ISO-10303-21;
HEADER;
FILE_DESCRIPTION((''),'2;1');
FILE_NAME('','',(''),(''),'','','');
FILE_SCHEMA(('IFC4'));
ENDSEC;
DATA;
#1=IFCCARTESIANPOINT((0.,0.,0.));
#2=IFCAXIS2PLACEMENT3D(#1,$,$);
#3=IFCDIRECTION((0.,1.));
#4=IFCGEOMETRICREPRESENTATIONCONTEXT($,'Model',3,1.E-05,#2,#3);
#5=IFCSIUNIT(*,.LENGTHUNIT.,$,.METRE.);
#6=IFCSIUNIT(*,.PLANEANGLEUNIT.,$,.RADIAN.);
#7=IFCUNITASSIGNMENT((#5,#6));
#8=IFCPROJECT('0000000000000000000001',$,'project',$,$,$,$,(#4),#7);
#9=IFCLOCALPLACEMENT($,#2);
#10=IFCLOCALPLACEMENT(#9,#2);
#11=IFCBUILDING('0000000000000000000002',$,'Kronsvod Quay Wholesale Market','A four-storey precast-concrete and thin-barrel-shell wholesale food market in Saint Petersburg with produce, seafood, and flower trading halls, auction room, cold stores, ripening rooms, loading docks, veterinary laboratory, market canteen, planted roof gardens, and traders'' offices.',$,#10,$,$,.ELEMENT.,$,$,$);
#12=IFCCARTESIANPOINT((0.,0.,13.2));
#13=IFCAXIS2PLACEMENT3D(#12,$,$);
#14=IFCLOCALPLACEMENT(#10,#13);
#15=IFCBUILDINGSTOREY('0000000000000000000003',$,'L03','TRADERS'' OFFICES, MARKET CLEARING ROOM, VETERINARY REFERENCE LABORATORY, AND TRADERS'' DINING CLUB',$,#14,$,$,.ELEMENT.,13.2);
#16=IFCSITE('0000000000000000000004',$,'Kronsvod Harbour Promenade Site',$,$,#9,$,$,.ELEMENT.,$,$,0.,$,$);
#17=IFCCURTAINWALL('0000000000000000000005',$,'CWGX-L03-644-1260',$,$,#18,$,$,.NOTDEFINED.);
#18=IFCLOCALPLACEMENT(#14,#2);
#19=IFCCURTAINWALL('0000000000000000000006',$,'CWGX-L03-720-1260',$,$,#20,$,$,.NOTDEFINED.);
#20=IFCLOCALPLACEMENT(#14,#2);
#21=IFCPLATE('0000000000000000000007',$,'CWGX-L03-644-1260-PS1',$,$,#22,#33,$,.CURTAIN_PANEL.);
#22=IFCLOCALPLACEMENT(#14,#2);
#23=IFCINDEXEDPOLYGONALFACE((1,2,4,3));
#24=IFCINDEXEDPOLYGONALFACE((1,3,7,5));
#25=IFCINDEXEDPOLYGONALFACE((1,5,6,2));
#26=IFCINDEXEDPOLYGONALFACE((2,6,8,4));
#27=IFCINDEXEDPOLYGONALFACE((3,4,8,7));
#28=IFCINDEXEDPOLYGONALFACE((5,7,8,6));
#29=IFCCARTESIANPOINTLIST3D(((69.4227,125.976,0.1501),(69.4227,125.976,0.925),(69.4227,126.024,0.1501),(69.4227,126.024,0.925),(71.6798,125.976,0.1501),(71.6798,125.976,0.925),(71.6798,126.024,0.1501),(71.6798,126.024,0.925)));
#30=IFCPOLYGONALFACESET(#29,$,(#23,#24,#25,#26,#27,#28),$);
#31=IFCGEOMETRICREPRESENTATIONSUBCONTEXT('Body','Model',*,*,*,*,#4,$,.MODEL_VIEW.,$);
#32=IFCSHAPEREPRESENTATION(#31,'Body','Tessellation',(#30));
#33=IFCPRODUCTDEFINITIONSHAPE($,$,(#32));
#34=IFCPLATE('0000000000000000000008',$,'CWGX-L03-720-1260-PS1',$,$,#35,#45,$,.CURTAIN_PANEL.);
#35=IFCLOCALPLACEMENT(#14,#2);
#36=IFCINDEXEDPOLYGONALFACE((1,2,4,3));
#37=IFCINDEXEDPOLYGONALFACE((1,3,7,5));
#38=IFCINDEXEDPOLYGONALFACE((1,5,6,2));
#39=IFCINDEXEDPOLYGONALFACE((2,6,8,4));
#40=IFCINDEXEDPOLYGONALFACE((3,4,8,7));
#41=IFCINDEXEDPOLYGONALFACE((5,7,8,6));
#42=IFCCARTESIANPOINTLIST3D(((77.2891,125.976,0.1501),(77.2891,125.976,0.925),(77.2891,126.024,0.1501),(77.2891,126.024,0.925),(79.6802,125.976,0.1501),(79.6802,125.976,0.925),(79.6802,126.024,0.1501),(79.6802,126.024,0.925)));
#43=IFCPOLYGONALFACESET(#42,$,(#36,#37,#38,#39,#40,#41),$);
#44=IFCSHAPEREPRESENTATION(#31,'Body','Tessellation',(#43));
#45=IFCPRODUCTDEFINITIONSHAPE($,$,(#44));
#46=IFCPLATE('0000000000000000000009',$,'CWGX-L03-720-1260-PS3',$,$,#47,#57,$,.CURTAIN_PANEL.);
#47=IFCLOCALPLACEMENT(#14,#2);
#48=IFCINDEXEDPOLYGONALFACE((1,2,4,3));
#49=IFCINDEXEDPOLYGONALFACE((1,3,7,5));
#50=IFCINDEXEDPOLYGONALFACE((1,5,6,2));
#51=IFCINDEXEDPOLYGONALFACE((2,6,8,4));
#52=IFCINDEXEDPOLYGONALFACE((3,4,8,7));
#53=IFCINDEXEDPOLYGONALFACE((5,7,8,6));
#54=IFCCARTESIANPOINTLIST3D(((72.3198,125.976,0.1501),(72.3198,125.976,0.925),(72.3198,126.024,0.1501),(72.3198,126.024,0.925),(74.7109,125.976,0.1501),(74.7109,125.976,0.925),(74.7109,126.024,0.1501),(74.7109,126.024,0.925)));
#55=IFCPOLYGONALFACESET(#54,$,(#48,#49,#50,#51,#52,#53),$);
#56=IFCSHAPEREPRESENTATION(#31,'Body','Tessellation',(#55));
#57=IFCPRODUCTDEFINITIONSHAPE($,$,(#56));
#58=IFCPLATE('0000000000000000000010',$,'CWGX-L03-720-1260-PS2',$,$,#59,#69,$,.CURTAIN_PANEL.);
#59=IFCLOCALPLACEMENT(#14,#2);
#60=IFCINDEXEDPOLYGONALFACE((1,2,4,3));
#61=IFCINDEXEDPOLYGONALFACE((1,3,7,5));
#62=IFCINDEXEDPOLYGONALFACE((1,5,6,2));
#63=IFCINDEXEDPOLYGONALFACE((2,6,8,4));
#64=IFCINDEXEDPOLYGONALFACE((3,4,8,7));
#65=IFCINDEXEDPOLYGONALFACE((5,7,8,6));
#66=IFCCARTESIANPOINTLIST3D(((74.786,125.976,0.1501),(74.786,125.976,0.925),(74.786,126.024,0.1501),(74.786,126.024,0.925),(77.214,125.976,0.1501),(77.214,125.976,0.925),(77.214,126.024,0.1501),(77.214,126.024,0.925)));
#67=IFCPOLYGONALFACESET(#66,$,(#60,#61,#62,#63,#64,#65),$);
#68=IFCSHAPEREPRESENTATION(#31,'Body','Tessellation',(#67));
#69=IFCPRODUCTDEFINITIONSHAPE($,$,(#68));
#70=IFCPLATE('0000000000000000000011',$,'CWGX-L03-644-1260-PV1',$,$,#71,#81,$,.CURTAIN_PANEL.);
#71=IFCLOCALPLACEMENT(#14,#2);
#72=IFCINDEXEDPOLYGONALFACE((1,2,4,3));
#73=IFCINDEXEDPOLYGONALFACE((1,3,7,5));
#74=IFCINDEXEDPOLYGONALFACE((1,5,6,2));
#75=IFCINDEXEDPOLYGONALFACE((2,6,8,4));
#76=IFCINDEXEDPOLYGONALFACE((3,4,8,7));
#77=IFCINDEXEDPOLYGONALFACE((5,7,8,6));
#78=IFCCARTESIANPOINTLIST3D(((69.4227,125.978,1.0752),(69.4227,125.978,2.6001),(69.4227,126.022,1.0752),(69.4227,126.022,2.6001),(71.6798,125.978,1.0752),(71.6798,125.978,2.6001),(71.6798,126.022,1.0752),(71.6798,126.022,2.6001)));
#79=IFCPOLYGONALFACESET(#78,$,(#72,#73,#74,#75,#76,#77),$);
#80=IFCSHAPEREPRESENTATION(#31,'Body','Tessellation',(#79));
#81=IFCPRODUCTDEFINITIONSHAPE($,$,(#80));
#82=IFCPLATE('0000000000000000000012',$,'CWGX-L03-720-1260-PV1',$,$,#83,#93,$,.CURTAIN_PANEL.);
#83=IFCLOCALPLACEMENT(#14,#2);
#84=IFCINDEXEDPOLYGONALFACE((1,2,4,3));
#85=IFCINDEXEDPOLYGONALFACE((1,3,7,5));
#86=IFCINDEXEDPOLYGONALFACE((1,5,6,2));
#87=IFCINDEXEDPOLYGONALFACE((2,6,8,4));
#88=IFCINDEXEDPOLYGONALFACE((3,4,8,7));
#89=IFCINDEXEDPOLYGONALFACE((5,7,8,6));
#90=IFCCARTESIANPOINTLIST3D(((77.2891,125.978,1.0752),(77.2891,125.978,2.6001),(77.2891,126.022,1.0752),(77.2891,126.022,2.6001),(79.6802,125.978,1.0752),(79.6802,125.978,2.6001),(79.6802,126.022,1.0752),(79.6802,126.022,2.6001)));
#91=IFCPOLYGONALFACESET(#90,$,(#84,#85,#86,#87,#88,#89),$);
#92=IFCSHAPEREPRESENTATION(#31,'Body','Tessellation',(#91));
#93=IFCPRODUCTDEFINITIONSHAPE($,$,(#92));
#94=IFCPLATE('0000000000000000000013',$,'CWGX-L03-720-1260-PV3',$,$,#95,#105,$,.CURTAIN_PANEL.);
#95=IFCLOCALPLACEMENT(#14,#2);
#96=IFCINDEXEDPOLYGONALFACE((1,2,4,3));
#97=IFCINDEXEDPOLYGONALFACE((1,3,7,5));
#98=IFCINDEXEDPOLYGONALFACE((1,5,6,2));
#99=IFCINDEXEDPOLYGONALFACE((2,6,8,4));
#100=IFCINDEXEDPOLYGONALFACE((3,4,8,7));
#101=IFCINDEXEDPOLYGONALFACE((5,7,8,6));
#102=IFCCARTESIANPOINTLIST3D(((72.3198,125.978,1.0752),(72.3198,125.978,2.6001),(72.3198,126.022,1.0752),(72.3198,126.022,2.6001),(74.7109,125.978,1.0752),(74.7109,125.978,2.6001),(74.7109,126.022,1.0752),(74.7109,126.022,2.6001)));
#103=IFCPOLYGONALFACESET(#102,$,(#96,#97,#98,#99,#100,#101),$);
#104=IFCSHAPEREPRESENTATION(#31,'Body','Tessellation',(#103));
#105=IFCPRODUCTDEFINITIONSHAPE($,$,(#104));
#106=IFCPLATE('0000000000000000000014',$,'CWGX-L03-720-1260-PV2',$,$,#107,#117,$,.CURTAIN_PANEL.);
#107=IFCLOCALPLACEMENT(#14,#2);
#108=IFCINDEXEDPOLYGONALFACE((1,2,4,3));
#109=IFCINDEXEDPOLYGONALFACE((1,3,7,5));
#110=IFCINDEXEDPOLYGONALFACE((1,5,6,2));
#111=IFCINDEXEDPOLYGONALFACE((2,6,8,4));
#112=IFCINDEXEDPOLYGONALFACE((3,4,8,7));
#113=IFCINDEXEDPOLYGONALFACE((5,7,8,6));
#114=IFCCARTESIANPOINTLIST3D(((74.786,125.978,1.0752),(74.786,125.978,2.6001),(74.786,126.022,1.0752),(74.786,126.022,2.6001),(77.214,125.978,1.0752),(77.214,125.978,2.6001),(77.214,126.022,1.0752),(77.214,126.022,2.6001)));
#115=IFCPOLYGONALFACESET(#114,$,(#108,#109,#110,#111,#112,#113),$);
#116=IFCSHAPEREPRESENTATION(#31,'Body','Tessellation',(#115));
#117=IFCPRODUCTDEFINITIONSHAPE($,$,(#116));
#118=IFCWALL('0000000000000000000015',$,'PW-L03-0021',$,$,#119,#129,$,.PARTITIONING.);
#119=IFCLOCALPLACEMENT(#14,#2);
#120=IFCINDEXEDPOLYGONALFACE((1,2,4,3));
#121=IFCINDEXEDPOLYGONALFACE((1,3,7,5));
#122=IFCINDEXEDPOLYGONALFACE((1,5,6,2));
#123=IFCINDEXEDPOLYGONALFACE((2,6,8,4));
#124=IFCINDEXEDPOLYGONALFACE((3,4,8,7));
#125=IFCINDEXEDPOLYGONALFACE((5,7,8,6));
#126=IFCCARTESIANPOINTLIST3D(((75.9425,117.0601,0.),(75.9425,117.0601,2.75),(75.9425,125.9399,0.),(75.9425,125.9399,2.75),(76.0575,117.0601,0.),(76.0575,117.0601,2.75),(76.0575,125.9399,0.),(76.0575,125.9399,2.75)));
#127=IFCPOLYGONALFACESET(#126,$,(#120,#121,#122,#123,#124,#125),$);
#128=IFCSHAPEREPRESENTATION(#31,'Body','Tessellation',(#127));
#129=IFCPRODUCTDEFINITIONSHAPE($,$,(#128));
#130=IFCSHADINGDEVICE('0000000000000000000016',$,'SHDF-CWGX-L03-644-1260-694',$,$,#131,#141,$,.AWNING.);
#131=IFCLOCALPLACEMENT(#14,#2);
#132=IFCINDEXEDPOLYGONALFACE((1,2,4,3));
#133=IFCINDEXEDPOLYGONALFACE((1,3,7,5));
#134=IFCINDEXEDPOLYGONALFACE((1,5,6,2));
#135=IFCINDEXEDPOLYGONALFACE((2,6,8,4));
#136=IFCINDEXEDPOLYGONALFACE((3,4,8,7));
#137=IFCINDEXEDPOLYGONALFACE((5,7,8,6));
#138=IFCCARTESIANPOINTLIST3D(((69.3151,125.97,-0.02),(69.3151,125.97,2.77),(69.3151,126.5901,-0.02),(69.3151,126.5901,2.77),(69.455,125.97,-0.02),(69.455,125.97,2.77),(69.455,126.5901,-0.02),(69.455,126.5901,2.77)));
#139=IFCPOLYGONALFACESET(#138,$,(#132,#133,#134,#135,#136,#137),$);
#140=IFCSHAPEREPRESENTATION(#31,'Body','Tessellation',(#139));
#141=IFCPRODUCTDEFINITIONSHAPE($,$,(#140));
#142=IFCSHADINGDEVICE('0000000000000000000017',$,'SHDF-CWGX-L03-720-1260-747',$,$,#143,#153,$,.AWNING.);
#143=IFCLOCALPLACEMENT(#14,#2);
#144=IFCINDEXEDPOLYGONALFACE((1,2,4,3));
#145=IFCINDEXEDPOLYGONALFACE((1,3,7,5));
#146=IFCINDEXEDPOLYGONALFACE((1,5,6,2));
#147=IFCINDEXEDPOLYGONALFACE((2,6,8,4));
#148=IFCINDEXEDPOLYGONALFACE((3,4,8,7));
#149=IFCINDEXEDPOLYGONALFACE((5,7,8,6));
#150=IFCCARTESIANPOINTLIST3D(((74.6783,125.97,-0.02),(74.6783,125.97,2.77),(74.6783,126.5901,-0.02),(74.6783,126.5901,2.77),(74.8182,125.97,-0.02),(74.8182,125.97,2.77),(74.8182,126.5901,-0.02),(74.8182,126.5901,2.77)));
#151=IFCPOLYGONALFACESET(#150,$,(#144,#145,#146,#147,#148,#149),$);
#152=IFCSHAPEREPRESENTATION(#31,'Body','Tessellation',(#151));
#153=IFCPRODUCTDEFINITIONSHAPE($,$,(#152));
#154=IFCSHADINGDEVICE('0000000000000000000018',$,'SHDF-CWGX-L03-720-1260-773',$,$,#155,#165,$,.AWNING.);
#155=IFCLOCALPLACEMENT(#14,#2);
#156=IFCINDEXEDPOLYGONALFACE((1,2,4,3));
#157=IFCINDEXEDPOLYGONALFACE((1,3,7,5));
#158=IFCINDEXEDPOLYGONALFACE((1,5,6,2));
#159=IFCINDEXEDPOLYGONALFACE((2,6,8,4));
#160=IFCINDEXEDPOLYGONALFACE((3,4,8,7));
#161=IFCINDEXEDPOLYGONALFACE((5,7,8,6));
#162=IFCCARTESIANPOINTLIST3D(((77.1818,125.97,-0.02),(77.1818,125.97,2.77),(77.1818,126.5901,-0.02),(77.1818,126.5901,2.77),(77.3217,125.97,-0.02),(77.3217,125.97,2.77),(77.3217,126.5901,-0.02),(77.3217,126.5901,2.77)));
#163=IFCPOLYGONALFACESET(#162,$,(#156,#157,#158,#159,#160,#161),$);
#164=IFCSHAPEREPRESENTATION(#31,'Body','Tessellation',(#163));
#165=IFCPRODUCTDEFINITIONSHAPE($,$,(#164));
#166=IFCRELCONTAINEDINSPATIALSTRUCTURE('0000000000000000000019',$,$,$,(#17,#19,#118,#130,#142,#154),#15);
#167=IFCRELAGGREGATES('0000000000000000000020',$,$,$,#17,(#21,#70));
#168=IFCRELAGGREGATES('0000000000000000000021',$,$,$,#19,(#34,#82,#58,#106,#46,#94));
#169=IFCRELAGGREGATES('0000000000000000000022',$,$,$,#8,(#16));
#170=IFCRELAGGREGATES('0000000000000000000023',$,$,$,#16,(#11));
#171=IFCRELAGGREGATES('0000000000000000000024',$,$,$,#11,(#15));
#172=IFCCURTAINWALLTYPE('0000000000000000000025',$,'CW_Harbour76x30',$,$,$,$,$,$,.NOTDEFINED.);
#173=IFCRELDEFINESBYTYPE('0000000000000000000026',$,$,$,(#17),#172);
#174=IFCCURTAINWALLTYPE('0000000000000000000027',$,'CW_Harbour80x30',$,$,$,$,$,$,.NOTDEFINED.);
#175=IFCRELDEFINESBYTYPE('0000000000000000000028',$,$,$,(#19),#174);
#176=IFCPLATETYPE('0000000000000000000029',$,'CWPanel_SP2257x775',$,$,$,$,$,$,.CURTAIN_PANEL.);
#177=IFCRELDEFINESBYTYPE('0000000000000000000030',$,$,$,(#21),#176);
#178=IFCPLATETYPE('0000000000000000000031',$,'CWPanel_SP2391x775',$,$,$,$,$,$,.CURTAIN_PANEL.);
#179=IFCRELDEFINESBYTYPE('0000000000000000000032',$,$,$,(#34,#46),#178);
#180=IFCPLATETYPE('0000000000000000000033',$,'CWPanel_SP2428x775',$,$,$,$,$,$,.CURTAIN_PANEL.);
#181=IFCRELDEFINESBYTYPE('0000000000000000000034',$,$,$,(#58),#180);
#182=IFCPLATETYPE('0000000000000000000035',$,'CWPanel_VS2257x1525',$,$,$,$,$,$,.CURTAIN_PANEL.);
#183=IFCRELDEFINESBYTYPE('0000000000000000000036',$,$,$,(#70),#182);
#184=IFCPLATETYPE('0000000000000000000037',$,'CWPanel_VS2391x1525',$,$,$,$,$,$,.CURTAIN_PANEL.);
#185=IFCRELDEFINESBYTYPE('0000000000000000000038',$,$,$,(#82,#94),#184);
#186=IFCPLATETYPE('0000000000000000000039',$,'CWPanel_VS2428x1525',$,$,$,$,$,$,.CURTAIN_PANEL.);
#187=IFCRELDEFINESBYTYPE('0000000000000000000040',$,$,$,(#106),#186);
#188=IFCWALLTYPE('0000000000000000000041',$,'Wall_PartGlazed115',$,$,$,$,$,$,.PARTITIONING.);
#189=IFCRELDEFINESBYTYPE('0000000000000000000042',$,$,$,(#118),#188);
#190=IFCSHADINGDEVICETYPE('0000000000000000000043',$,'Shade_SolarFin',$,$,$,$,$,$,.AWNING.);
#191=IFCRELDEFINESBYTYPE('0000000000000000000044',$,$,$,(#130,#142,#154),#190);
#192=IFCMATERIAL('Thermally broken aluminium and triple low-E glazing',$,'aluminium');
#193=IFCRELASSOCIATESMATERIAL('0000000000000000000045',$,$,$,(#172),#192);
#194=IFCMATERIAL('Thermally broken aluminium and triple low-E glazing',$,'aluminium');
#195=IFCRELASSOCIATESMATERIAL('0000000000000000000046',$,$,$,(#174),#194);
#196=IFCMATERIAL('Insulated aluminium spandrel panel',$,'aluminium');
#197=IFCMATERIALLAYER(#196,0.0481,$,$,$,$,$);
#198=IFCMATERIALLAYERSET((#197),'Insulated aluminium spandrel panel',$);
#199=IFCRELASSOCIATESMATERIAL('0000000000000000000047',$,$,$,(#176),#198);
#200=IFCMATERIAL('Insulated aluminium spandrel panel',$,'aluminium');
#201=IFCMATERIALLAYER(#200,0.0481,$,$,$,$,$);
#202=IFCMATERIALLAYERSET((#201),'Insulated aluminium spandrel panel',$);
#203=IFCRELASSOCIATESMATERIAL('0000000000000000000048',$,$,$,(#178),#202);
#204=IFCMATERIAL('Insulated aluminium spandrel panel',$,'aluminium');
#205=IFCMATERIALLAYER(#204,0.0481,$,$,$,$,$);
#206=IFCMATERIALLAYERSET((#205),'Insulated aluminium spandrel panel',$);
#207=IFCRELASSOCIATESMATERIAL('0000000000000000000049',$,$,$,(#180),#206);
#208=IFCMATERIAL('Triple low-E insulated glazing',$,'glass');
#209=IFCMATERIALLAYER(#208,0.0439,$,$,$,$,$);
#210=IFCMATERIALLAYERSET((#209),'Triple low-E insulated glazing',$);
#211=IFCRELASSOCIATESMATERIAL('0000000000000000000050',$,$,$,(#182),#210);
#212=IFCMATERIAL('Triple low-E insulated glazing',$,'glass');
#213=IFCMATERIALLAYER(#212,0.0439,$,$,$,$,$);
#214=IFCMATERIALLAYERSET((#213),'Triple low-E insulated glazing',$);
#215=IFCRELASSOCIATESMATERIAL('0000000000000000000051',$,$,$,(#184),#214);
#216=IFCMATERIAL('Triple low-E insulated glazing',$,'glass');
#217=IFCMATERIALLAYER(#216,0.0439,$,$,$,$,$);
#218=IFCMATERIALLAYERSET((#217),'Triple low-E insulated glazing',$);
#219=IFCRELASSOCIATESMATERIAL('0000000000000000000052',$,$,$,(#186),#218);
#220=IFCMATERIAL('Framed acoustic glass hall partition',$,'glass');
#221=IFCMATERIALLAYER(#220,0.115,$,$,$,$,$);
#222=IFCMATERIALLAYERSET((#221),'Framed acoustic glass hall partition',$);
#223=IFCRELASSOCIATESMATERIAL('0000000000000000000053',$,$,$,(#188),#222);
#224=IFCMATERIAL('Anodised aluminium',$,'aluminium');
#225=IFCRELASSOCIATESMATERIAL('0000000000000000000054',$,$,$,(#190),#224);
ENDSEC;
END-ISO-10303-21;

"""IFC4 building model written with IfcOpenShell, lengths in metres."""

from ifc_helpers import new_model, si_unit, direction, frame, frame_2d, origin, origin_2d, place, context, subcontext, project, spatial, rectangle, extrude, material, layer, layer_set, type_object, element, aggregate, save


model = new_model("IFC4")

# Units and contexts
model_context = context("Model", 3, precision=1e-05, world=origin(), true_north=direction((0.0, 1.0)))
body_context = subcontext(model_context, "Body", "Model", "MODEL_VIEW")
ifc_project = project(units=[si_unit("LENGTHUNIT", "METRE"), si_unit("PLANEANGLEUNIT", "RADIAN")], contexts=[model_context])

# Site, building, storey
site_placement = place(None, origin())
site = spatial("IfcSite", under=ifc_project, at=site_placement, Name="Kronsvod Harbour Promenade Site", CompositionType="ELEMENT", RefElevation=0.0)
building_placement = place(site_placement, origin())
building = spatial("IfcBuilding", under=site, at=building_placement, Name="Kronsvod Quay Wholesale Market", Description="A four-storey precast-concrete and thin-barrel-shell wholesale food market in Saint Petersburg with produce, seafood, and flower trading halls, auction room, cold stores, ripening rooms, loading docks, veterinary laboratory, market canteen, planted roof gardens, and traders' offices.", CompositionType="ELEMENT")
storey_placement = place(building_placement, frame((0.0, 0.0, 13.2)))
storey = spatial("IfcBuildingStorey", under=building, at=storey_placement, Name="L03", Description="TRADERS' OFFICES, MARKET CLEARING ROOM, VETERINARY REFERENCE LABORATORY, AND TRADERS' DINING CLUB", CompositionType="ELEMENT", Elevation=13.2)

# Curtain walls
ifc_material_1 = material(Name="Thermally broken aluminium and triple low-E glazing", Category="aluminium")
curtain_wall_type_1 = type_object("IfcCurtainWallType", Name="CW_Harbour76x30", PredefinedType="NOTDEFINED", material=ifc_material_1)
curtain_wall_1_placement = place(storey_placement, origin())
curtain_wall_1 = element("IfcCurtainWall", 1, at=curtain_wall_1_placement, inside=storey, type_object=curtain_wall_type_1, Name="CWGX-L03-644-1260", PredefinedType="NOTDEFINED")
ifc_material_2 = material(Name="Thermally broken aluminium and triple low-E glazing", Category="aluminium")
curtain_wall_type_2 = type_object("IfcCurtainWallType", Name="CW_Harbour80x30", PredefinedType="NOTDEFINED", material=ifc_material_2)
curtain_wall_2_placement = place(storey_placement, origin())
curtain_wall_2 = element("IfcCurtainWall", 2, at=curtain_wall_2_placement, inside=storey, type_object=curtain_wall_type_2, Name="CWGX-L03-720-1260", PredefinedType="NOTDEFINED")

# Plates
ifc_material_3 = material(Name="Insulated aluminium spandrel panel", Category="aluminium")
ifc_layer_1 = layer(ifc_material_3, 0.0481)
ifc_layer_set_1 = layer_set([ifc_layer_1], Name="Insulated aluminium spandrel panel")
plate_type_1 = type_object("IfcPlateType", Name="CWPanel_SP2257x775", PredefinedType="CURTAIN_PANEL", material=ifc_layer_set_1)
plate_1_placement = place(storey_placement, frame((70.5513, 126.0, 0.1501), z_axis=(0.0, 0.0, 1.0), x_axis=(-1.0, 0.0, 0.0)))
plate_1 = element("IfcPlate", 3, at=plate_1_placement, type_object=plate_type_1, Name="CWGX-L03-644-1260-PS1", PredefinedType="CURTAIN_PANEL", context=body_context, shape_type="SweptSolid", body=[
    extrude(rectangle(XDim=2.2571, YDim=0.0481, at=origin_2d()), origin(), (0.0, 0.0, 1.0), 0.7749),
])
ifc_material_4 = material(Name="Insulated aluminium spandrel panel", Category="aluminium")
ifc_layer_2 = layer(ifc_material_4, 0.0481)
ifc_layer_set_2 = layer_set([ifc_layer_2], Name="Insulated aluminium spandrel panel")
plate_type_2 = type_object("IfcPlateType", Name="CWPanel_SP2391x775", PredefinedType="CURTAIN_PANEL", material=ifc_layer_set_2)
plate_2_placement = place(storey_placement, frame((78.4846, 126.0, 0.1501), z_axis=(0.0, 0.0, 1.0), x_axis=(-1.0, 0.0, 0.0)))
plate_2 = element("IfcPlate", 4, at=plate_2_placement, type_object=plate_type_2, Name="CWGX-L03-720-1260-PS1", PredefinedType="CURTAIN_PANEL", context=body_context, shape_type="SweptSolid", body=[
    extrude(rectangle(XDim=2.3911, YDim=0.0481, at=origin_2d()), origin(), (0.0, 0.0, 1.0), 0.7749),
])
plate_3_placement = place(storey_placement, frame((73.5154, 126.0, 0.1501), z_axis=(0.0, 0.0, 1.0), x_axis=(-1.0, 0.0, 0.0)))
plate_3 = element("IfcPlate", 5, at=plate_3_placement, type_object=plate_type_2, Name="CWGX-L03-720-1260-PS3", PredefinedType="CURTAIN_PANEL", context=body_context, shape_type="SweptSolid", body=[
    extrude(rectangle(XDim=2.3911, YDim=0.0481, at=origin_2d()), origin(), (0.0, 0.0, 1.0), 0.7749),
])
ifc_material_5 = material(Name="Insulated aluminium spandrel panel", Category="aluminium")
ifc_layer_3 = layer(ifc_material_5, 0.0481)
ifc_layer_set_3 = layer_set([ifc_layer_3], Name="Insulated aluminium spandrel panel")
plate_type_3 = type_object("IfcPlateType", Name="CWPanel_SP2428x775", PredefinedType="CURTAIN_PANEL", material=ifc_layer_set_3)
plate_4_placement = place(storey_placement, frame((76.0, 126.0, 0.1501), z_axis=(0.0, 0.0, 1.0), x_axis=(-1.0, 0.0, 0.0)))
plate_4 = element("IfcPlate", 6, at=plate_4_placement, type_object=plate_type_3, Name="CWGX-L03-720-1260-PS2", PredefinedType="CURTAIN_PANEL", context=body_context, shape_type="SweptSolid", body=[
    extrude(rectangle(XDim=2.428, YDim=0.0481, at=origin_2d()), origin(), (0.0, 0.0, 1.0), 0.7749),
])
ifc_material_6 = material(Name="Triple low-E insulated glazing", Category="glass")
ifc_layer_4 = layer(ifc_material_6, 0.0439)
ifc_layer_set_4 = layer_set([ifc_layer_4], Name="Triple low-E insulated glazing")
plate_type_4 = type_object("IfcPlateType", Name="CWPanel_VS2257x1525", PredefinedType="CURTAIN_PANEL", material=ifc_layer_set_4)
plate_5_placement = place(storey_placement, frame((70.5513, 126.0, 1.0752), z_axis=(0.0, 0.0, 1.0), x_axis=(-1.0, 0.0, 0.0)))
plate_5 = element("IfcPlate", 7, at=plate_5_placement, type_object=plate_type_4, Name="CWGX-L03-644-1260-PV1", PredefinedType="CURTAIN_PANEL", context=body_context, shape_type="SweptSolid", body=[
    extrude(rectangle(XDim=2.2571, YDim=0.0439, at=origin_2d()), origin(), (0.0, 0.0, 1.0), 1.5249),
])
aggregate(curtain_wall_1, [plate_1, plate_5])
ifc_material_7 = material(Name="Triple low-E insulated glazing", Category="glass")
ifc_layer_5 = layer(ifc_material_7, 0.0439)
ifc_layer_set_5 = layer_set([ifc_layer_5], Name="Triple low-E insulated glazing")
plate_type_5 = type_object("IfcPlateType", Name="CWPanel_VS2391x1525", PredefinedType="CURTAIN_PANEL", material=ifc_layer_set_5)
plate_6_placement = place(storey_placement, frame((78.4846, 126.0, 1.0752), z_axis=(0.0, 0.0, 1.0), x_axis=(-1.0, 0.0, 0.0)))
plate_6 = element("IfcPlate", 8, at=plate_6_placement, type_object=plate_type_5, Name="CWGX-L03-720-1260-PV1", PredefinedType="CURTAIN_PANEL", context=body_context, shape_type="SweptSolid", body=[
    extrude(rectangle(XDim=2.3911, YDim=0.0439, at=origin_2d()), origin(), (0.0, 0.0, 1.0), 1.5249),
])
plate_7_placement = place(storey_placement, frame((73.5154, 126.0, 1.0752), z_axis=(0.0, 0.0, 1.0), x_axis=(-1.0, 0.0, 0.0)))
plate_7 = element("IfcPlate", 9, at=plate_7_placement, type_object=plate_type_5, Name="CWGX-L03-720-1260-PV3", PredefinedType="CURTAIN_PANEL", context=body_context, shape_type="SweptSolid", body=[
    extrude(rectangle(XDim=2.3911, YDim=0.0439, at=origin_2d()), origin(), (0.0, 0.0, 1.0), 1.5249),
])
ifc_material_8 = material(Name="Triple low-E insulated glazing", Category="glass")
ifc_layer_6 = layer(ifc_material_8, 0.0439)
ifc_layer_set_6 = layer_set([ifc_layer_6], Name="Triple low-E insulated glazing")
plate_type_6 = type_object("IfcPlateType", Name="CWPanel_VS2428x1525", PredefinedType="CURTAIN_PANEL", material=ifc_layer_set_6)
plate_8_placement = place(storey_placement, frame((76.0, 126.0, 1.0752), z_axis=(0.0, 0.0, 1.0), x_axis=(-1.0, 0.0, 0.0)))
plate_8 = element("IfcPlate", 10, at=plate_8_placement, type_object=plate_type_6, Name="CWGX-L03-720-1260-PV2", PredefinedType="CURTAIN_PANEL", context=body_context, shape_type="SweptSolid", body=[
    extrude(rectangle(XDim=2.428, YDim=0.0439, at=origin_2d()), origin(), (0.0, 0.0, 1.0), 1.5249),
])
aggregate(curtain_wall_2, [plate_2, plate_6, plate_4, plate_8, plate_3, plate_7])

# Wall
ifc_material_9 = material(Name="Framed acoustic glass hall partition", Category="glass")
ifc_layer_7 = layer(ifc_material_9, 0.115)
ifc_layer_set_7 = layer_set([ifc_layer_7], Name="Framed acoustic glass hall partition")
wall_type = type_object("IfcWallType", Name="Wall_PartGlazed115", PredefinedType="PARTITIONING", material=ifc_layer_set_7)
wall_placement = place(storey_placement, frame((76.0, 117.0601, 0.0), z_axis=(0.0, 0.0, 1.0), x_axis=(0.0, 1.0, 0.0)))
element("IfcWall", 11, at=wall_placement, inside=storey, type_object=wall_type, Name="PW-L03-0021", PredefinedType="PARTITIONING", context=body_context, shape_type="SweptSolid", body=[
    extrude(rectangle(XDim=8.8799, YDim=0.115, at=frame_2d((4.4399, 0.0))), origin(), (0.0, 0.0, 1.0), 2.75),
])

# Shading devices
ifc_material_10 = material(Name="Anodised aluminium", Category="aluminium")
shading_device_type = type_object("IfcShadingDeviceType", Name="Shade_SolarFin", PredefinedType="AWNING", material=ifc_material_10)
for number, where, z_axis, x_axis, name in (
    (12, (69.385, 126.28, -0.02), (0.0, 0.0, 1.0), (1.0, 0.0, 0.0), "SHDF-CWGX-L03-644-1260-694"),
    (13, (74.7483, 126.28, -0.02), (0.0, 0.0, 1.0), (1.0, 0.0, 0.0), "SHDF-CWGX-L03-720-1260-747"),
    (14, (77.2517, 126.28, -0.02), (0.0, 0.0, 1.0), (1.0, 0.0, 0.0), "SHDF-CWGX-L03-720-1260-773"),
):
    element("IfcShadingDevice", number, at=place(storey_placement, frame(where, z_axis=z_axis, x_axis=x_axis)), inside=storey, type_object=shading_device_type, Name=name, PredefinedType="AWNING", context=body_context, shape_type="SweptSolid", body=[
        extrude(rectangle(XDim=0.1399, YDim=0.6201, at=origin_2d()), origin(), (0.0, 0.0, 1.0), 2.79),
    ])

save(model, "model.ifc")
